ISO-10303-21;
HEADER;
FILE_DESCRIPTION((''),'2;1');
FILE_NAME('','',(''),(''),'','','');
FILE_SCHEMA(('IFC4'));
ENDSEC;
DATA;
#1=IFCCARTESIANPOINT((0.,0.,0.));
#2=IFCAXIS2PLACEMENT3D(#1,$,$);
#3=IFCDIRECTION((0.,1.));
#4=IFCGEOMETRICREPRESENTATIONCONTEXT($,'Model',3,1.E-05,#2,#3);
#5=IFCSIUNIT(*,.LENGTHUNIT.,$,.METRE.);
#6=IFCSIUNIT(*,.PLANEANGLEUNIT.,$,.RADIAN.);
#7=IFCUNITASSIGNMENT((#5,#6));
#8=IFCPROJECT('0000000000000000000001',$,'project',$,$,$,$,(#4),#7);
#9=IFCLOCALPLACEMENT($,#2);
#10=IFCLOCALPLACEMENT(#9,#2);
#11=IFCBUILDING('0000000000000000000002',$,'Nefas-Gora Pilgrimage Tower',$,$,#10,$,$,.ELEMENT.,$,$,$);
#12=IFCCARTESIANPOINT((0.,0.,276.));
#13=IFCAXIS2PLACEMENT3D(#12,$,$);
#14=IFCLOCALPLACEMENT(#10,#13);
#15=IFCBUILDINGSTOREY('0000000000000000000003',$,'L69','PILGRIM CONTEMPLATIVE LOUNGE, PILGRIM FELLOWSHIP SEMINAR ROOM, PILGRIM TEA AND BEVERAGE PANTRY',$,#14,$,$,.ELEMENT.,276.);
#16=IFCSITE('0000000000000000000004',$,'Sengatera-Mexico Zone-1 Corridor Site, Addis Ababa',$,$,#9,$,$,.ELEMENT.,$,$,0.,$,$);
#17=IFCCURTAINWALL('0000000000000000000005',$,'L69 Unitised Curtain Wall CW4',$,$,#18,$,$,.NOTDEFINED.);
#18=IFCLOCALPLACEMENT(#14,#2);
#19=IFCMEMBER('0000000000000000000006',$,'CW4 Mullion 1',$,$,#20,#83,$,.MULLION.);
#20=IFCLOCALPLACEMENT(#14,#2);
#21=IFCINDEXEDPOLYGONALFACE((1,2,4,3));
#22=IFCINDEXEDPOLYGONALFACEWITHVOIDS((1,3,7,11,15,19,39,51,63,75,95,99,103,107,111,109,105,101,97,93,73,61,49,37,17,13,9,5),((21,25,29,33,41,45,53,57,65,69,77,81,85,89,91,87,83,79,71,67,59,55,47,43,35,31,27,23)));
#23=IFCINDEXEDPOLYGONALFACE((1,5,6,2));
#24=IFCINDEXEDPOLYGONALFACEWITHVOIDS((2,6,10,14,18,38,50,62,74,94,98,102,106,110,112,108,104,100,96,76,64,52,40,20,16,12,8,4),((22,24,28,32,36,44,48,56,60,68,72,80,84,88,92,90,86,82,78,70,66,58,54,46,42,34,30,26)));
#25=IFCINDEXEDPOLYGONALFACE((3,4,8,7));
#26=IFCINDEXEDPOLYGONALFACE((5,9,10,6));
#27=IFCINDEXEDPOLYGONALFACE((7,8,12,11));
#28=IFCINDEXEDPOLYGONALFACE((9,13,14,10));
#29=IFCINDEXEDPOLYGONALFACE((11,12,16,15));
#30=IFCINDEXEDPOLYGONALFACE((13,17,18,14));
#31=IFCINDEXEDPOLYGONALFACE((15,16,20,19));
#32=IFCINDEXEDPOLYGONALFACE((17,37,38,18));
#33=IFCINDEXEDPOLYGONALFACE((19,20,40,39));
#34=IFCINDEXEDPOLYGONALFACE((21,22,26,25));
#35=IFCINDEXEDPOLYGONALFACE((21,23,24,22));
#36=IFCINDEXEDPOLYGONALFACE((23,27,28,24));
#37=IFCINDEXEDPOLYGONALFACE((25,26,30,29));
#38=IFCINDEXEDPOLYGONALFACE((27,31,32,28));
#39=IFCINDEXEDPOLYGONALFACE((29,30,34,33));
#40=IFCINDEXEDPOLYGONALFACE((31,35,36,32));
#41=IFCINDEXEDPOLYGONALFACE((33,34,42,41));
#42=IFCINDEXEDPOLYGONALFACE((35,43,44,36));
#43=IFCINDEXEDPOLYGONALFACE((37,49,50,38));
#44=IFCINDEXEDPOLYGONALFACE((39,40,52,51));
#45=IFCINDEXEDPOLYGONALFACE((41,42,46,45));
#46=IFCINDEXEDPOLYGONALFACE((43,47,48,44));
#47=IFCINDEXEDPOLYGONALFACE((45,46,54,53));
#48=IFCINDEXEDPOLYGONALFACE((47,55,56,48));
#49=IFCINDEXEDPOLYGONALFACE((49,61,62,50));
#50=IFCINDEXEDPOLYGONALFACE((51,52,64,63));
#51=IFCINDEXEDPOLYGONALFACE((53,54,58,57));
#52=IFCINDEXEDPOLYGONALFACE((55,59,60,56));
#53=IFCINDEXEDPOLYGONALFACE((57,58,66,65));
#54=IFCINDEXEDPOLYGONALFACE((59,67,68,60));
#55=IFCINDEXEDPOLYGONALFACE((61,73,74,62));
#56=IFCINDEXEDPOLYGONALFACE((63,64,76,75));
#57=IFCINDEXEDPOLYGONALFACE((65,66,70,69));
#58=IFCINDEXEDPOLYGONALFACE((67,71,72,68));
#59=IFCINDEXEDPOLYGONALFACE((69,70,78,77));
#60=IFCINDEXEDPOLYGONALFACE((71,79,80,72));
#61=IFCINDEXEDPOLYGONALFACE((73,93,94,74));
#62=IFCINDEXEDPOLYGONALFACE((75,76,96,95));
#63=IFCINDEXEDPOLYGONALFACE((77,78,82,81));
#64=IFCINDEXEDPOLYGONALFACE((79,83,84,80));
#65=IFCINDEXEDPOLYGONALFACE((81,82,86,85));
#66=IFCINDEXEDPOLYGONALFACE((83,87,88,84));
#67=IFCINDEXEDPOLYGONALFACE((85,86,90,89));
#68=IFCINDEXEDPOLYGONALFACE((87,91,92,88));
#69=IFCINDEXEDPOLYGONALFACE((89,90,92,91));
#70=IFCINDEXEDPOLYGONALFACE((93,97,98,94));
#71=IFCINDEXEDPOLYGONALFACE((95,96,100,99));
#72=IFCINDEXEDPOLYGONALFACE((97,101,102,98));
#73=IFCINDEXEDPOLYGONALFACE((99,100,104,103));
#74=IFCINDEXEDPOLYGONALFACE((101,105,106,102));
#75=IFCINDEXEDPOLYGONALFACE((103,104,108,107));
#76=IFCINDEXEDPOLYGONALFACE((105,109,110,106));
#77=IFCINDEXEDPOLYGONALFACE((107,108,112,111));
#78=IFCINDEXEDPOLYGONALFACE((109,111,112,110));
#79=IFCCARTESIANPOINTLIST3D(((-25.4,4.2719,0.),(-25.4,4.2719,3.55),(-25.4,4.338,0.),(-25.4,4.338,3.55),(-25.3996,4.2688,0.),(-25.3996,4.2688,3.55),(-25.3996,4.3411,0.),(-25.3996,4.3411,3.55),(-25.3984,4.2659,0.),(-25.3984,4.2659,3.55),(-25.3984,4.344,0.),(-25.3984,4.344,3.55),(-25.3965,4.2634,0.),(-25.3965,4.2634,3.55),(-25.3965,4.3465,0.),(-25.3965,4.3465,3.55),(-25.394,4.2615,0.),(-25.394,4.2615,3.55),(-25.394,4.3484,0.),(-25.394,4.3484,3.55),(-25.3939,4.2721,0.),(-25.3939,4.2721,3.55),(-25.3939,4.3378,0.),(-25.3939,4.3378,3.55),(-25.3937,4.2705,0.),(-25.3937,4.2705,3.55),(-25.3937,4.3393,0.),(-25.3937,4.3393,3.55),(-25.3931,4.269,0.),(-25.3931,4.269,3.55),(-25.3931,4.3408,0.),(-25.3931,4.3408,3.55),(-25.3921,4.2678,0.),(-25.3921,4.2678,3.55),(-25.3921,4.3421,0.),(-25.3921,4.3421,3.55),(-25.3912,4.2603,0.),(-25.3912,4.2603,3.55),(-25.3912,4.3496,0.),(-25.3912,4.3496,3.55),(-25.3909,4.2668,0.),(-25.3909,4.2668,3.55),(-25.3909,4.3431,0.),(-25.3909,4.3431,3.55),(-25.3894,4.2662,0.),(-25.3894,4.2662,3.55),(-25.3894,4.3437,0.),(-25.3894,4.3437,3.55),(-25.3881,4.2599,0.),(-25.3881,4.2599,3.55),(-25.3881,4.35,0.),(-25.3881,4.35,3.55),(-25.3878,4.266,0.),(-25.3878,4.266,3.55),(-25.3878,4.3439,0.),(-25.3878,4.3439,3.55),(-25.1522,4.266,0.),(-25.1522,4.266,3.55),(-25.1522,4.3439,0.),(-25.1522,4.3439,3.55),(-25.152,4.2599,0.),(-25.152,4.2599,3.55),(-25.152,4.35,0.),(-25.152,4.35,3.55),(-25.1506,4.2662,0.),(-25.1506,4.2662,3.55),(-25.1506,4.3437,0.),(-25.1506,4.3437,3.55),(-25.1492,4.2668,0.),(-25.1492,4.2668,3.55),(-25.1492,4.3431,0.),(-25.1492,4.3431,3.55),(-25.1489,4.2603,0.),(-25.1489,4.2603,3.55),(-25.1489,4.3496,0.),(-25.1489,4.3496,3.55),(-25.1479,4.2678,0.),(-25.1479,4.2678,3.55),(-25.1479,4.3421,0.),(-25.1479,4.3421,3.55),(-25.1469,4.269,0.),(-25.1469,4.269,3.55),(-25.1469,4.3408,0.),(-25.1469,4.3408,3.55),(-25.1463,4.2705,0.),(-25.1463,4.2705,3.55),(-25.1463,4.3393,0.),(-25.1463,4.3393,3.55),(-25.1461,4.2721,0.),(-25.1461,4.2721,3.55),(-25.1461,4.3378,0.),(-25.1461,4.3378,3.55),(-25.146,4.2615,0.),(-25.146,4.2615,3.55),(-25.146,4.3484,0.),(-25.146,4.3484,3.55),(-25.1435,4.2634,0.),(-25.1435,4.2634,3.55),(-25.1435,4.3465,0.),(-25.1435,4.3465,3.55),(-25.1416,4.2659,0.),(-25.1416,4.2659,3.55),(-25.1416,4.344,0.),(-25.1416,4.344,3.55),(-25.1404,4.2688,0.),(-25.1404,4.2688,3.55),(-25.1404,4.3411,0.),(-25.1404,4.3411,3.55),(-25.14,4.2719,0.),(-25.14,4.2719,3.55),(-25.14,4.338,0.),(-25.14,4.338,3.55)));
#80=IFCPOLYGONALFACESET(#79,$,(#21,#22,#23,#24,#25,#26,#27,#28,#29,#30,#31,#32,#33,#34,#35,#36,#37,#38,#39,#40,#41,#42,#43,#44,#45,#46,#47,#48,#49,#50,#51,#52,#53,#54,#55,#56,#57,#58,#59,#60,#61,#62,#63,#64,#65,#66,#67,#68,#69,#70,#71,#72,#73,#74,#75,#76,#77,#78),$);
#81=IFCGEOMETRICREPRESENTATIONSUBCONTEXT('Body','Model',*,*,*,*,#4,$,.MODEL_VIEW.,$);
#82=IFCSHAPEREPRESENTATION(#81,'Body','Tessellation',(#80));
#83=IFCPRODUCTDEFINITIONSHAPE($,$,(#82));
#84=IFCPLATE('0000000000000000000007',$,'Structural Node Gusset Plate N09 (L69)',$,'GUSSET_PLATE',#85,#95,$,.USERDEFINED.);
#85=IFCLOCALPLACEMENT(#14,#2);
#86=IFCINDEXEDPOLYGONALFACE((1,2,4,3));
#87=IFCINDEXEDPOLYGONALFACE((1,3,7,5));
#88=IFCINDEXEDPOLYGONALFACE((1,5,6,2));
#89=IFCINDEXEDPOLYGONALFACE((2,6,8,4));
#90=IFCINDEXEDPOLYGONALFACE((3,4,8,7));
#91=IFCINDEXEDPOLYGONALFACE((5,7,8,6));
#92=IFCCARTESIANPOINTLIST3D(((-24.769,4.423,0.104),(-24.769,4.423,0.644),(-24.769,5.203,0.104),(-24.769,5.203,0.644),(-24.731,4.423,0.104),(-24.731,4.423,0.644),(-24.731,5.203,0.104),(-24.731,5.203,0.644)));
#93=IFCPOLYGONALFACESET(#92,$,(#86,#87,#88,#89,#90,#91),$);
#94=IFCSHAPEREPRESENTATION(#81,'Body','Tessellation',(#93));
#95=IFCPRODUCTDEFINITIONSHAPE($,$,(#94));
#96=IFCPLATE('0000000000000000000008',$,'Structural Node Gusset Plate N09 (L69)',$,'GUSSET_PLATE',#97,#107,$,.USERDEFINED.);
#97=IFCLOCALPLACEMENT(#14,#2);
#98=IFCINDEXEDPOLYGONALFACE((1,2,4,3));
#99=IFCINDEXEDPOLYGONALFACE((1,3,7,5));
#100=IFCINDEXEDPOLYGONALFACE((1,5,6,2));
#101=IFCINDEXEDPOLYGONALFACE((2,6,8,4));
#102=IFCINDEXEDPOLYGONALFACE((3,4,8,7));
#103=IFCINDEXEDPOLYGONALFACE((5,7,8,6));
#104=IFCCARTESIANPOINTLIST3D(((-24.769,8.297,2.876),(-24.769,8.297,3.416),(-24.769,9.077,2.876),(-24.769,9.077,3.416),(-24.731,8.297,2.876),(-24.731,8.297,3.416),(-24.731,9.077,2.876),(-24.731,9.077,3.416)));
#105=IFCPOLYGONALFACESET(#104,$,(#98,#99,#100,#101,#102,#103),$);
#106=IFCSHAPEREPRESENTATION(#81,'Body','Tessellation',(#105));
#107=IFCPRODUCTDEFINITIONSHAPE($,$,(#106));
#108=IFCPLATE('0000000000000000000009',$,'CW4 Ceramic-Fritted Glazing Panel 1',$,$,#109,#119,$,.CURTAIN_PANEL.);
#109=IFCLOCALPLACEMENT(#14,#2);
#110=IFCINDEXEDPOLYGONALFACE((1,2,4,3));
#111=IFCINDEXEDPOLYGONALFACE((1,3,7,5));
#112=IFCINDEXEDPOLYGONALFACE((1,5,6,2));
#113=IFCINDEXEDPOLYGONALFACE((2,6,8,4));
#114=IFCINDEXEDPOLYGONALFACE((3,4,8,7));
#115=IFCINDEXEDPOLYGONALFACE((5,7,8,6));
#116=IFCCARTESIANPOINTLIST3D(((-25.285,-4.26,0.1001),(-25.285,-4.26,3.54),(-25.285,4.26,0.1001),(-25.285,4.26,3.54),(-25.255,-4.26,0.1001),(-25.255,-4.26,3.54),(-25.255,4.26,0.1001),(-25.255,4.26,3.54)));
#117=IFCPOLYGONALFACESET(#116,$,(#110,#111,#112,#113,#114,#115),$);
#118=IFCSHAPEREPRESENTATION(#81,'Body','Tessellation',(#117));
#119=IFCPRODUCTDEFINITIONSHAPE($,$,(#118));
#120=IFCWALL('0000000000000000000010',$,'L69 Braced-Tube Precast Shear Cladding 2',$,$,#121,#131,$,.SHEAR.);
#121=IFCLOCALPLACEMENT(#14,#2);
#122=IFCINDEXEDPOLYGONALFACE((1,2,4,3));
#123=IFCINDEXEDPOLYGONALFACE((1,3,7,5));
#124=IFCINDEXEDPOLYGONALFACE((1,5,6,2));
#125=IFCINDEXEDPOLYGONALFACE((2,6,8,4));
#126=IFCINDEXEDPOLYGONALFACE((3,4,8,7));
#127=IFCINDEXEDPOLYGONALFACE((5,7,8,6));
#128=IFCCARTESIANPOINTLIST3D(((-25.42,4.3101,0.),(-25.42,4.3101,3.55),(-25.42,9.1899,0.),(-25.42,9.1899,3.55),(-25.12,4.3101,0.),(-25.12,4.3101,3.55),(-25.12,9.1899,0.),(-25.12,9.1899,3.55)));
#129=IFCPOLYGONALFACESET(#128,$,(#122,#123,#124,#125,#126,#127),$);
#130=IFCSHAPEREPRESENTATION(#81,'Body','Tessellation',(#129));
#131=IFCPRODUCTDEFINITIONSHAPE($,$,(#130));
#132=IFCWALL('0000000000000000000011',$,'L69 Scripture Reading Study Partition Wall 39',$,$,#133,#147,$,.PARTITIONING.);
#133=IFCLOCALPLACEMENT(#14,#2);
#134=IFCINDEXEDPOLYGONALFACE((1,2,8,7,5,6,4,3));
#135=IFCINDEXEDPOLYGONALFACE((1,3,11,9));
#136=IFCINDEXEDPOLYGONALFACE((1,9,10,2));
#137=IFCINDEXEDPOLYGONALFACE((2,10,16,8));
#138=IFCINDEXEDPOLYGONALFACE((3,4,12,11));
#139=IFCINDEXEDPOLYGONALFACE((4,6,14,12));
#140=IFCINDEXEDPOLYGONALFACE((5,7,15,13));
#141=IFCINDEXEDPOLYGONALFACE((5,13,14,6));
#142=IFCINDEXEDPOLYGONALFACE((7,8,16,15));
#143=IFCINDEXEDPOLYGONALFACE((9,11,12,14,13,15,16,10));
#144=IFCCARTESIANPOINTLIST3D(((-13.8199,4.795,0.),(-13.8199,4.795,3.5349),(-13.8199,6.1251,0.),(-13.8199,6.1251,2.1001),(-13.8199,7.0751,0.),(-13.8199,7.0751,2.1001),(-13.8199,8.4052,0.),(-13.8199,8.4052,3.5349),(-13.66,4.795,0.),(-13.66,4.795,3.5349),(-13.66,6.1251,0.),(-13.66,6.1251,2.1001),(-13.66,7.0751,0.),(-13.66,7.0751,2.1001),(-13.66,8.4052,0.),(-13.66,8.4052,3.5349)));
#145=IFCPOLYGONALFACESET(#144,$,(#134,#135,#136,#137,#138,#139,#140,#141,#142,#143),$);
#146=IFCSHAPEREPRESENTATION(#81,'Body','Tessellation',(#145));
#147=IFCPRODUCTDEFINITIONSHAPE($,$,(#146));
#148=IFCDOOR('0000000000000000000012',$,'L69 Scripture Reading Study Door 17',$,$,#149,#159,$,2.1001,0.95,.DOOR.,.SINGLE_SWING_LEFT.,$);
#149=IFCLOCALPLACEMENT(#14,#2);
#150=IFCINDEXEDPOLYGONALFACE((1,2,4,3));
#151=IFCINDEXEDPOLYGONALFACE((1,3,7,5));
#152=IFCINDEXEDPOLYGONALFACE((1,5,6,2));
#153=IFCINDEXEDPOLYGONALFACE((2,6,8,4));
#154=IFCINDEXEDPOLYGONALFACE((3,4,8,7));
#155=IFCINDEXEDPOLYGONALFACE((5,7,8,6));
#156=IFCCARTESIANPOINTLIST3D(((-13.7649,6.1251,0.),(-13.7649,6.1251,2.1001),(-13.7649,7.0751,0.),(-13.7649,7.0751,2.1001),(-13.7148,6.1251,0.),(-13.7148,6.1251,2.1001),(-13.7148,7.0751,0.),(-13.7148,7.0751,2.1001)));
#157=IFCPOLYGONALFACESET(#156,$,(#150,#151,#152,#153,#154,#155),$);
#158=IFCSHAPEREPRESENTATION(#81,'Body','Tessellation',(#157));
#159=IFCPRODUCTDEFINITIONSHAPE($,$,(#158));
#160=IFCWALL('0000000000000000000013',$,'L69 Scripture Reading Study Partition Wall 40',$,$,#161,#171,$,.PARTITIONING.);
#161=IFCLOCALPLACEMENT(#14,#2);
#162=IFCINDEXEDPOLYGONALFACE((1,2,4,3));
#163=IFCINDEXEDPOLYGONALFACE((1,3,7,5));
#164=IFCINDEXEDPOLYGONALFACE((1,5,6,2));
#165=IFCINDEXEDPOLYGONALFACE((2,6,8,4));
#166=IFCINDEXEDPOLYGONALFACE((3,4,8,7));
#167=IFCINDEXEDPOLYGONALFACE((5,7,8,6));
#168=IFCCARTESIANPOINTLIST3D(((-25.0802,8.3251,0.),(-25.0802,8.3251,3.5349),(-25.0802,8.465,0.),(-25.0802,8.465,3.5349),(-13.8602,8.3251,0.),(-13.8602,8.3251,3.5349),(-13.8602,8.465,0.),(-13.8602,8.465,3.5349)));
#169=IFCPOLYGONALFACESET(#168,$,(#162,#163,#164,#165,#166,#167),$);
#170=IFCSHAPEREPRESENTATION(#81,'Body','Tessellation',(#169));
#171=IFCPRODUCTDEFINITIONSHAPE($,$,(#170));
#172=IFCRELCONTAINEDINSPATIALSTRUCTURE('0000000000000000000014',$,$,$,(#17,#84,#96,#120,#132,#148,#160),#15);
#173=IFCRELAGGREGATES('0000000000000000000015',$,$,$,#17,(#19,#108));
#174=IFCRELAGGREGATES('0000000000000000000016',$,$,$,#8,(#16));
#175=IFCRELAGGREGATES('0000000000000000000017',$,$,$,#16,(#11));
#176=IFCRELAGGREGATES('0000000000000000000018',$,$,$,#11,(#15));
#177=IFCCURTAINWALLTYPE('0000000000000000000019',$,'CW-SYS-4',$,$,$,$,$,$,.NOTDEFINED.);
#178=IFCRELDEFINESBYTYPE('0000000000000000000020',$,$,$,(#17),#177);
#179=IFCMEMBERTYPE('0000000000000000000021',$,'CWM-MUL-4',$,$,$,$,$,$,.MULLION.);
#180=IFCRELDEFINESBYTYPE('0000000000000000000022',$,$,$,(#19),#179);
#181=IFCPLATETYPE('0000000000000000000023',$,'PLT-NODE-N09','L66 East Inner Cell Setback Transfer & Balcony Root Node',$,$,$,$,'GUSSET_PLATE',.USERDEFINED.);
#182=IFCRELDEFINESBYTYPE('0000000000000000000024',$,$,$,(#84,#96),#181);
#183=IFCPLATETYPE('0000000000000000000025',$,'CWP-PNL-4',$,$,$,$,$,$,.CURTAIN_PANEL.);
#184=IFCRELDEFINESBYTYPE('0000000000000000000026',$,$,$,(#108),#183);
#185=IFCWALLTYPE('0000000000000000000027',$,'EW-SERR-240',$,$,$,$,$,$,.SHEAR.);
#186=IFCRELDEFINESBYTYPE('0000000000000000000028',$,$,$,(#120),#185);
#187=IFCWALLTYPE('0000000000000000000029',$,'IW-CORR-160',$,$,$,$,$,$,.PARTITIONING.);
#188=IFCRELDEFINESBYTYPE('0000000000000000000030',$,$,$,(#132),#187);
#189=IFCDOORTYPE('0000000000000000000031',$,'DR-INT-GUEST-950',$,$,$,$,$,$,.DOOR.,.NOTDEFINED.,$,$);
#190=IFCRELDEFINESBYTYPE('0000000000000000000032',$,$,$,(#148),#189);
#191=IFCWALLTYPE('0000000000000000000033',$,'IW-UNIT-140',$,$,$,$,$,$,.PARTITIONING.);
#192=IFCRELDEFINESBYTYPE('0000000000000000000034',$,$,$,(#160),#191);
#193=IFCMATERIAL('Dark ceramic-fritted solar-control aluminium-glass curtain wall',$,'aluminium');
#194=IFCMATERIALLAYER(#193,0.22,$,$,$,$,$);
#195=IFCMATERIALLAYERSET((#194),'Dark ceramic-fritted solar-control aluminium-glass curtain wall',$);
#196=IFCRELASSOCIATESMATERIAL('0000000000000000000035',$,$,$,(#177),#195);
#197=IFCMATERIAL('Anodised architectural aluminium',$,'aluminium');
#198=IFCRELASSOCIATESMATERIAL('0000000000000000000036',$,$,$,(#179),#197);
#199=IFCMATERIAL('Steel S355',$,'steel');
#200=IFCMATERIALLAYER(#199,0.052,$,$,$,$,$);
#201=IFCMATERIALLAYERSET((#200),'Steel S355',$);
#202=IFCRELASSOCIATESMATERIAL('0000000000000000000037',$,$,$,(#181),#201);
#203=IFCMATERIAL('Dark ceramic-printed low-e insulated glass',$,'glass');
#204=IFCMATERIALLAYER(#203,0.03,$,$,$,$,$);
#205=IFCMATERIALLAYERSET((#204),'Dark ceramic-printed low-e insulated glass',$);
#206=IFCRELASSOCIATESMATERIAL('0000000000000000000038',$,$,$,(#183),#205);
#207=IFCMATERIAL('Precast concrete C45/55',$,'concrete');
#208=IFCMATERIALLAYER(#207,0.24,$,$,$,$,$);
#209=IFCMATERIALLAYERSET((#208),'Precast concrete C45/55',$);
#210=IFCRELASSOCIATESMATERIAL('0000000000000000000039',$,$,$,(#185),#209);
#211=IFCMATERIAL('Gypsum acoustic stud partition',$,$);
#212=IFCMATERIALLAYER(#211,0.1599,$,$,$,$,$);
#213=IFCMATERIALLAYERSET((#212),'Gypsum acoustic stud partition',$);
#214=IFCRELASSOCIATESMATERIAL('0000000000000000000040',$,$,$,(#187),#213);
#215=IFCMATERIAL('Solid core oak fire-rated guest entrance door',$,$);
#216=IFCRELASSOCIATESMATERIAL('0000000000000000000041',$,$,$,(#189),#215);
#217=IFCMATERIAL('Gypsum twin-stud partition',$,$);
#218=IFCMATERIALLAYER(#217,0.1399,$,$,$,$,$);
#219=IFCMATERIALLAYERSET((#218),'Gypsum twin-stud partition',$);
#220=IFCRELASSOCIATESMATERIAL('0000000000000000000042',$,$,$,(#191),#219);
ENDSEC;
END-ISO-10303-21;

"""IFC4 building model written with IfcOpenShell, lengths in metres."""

from ifc_helpers import new_model, si_unit, direction, frame, frame_2d, origin, origin_2d, place, context, subcontext, project, spatial, rectangle, hollow_rectangle, extrude, source, transform, mapped, material, layer, layer_set, material_profile, profile_set, type_object, element, fill, aggregate, save


model = new_model("IFC4")

# Units and contexts
model_context = context("Model", 3, precision=1e-05, world=origin(), true_north=direction((0.0, 1.0)))
body_context = subcontext(model_context, "Body", "Model", "MODEL_VIEW")
ifc_project = project(units=[si_unit("LENGTHUNIT", "METRE"), si_unit("PLANEANGLEUNIT", "RADIAN")], contexts=[model_context])

# Site, building, storey
site_placement = place(None, origin())
site = spatial("IfcSite", under=ifc_project, at=site_placement, Name="Sengatera-Mexico Zone-1 Corridor Site, Addis Ababa", CompositionType="ELEMENT", RefElevation=0.0)
building_placement = place(site_placement, origin())
building = spatial("IfcBuilding", under=site, at=building_placement, Name="Nefas-Gora Pilgrimage Tower", CompositionType="ELEMENT")
storey_placement = place(building_placement, frame((0.0, 0.0, 276.0)))
storey = spatial("IfcBuildingStorey", under=building, at=storey_placement, Name="L69", Description="PILGRIM CONTEMPLATIVE LOUNGE, PILGRIM FELLOWSHIP SEMINAR ROOM, PILGRIM TEA AND BEVERAGE PANTRY", CompositionType="ELEMENT", Elevation=276.0)

# Shared definitions
ifc_material_1 = material(Name="Steel S355", Category="steel")

# Curtain wall, member
ifc_material_2 = material(Name="Dark ceramic-fritted solar-control aluminium-glass curtain wall", Category="aluminium")
ifc_layer_1 = layer(ifc_material_2, 0.22)
ifc_layer_set_1 = layer_set([ifc_layer_1], Name="Dark ceramic-fritted solar-control aluminium-glass curtain wall")
curtain_wall_type = type_object("IfcCurtainWallType", Name="CW-SYS-4", PredefinedType="NOTDEFINED", material=ifc_layer_set_1)
curtain_wall_placement = place(storey_placement, origin())
curtain_wall = element("IfcCurtainWall", 1, at=curtain_wall_placement, inside=storey, type_object=curtain_wall_type, Name="L69 Unitised Curtain Wall CW4", PredefinedType="NOTDEFINED")
ifc_material_3 = material(Name="Anodised architectural aluminium", Category="aluminium")
ifc_material_profile_1 = material_profile(ifc_material_3, hollow_rectangle(XDim=0.0901, YDim=0.26, WallThickness=0.0061, InnerFilletRadius=0.0061, OuterFilletRadius=0.012, at=origin_2d()), Name="ALU MULLION 90x260")
ifc_profile_set_1 = profile_set([ifc_material_profile_1], Name="Anodised architectural aluminium")
member_type_1 = type_object("IfcMemberType", Name="CWM-MUL-4", PredefinedType="MULLION", material=ifc_profile_set_1)
shared_shape_1 = source(origin(), body_context, "Body", "SweptSolid", [
    extrude(hollow_rectangle(XDim=0.0901, YDim=0.26, WallThickness=0.0061, InnerFilletRadius=0.0061, OuterFilletRadius=0.012, at=origin_2d()), origin(), (0.0, 0.0, 1.0), 3.55),
])
member_1_placement = place(storey_placement, frame((-25.27, 4.3049, 0.0), z_axis=(0.0, 0.0, 1.0), x_axis=(0.0, -1.0, 0.0)))
member_1 = element("IfcMember", 2, at=member_1_placement, type_object=member_type_1, Name="CW4 Mullion 1", PredefinedType="MULLION", context=body_context, shape_type="MappedRepresentation", body=[
    mapped(shared_shape_1, transform((0.0, 0.0, 0.0), x_axis=(1.0, 0.0, 0.0), y_axis=(0.0, 1.0, 0.0), z_axis=(0.0, 0.0, 1.0), scale=1.0)),
])

# Plates
ifc_layer_2 = layer(ifc_material_1, 0.052)
ifc_layer_set_2 = layer_set([ifc_layer_2], Name="Steel S355")
plate_type_1 = type_object("IfcPlateType", Name="PLT-NODE-N09", Description="L66 East Inner Cell Setback Transfer & Balcony Root Node", ElementType="GUSSET_PLATE", PredefinedType="USERDEFINED", material=ifc_layer_set_2)
shared_shape_2 = source(origin(), body_context, "Body", "SweptSolid", [
    extrude(rectangle(XDim=0.78, YDim=0.0381, at=origin_2d()), origin(), (0.0, 0.0, 1.0), 0.54),
])
for number, where, z_axis, x_axis, name in (
    (3, (-24.75, 4.813, 0.104), (0.0, 0.0, 1.0), (0.0, 1.0, 0.0), "Structural Node Gusset Plate N09 (L69)"),
    (4, (-24.75, 8.687, 2.876), (0.0, 0.0, 1.0), (0.0, 1.0, 0.0), "Structural Node Gusset Plate N09 (L69)"),
):
    element("IfcPlate", number, at=place(storey_placement, frame(where, z_axis=z_axis, x_axis=x_axis)), inside=storey, type_object=plate_type_1, Name=name, ObjectType="GUSSET_PLATE", PredefinedType="USERDEFINED", context=body_context, shape_type="MappedRepresentation", body=[
        mapped(shared_shape_2, transform((0.0, 0.0, 0.0), x_axis=(1.0, 0.0, 0.0), y_axis=(0.0, 1.0, 0.0), z_axis=(0.0, 0.0, 1.0), scale=1.0)),
    ])

# Plate
ifc_material_4 = material(Name="Dark ceramic-printed low-e insulated glass", Category="glass")
ifc_layer_3 = layer(ifc_material_4, 0.03)
ifc_layer_set_3 = layer_set([ifc_layer_3], Name="Dark ceramic-printed low-e insulated glass")
plate_type_2 = type_object("IfcPlateType", Name="CWP-PNL-4", PredefinedType="CURTAIN_PANEL", material=ifc_layer_set_3)
shared_shape_3 = source(origin(), body_context, "Body", "SweptSolid", [
    extrude(rectangle(XDim=8.52, YDim=0.03, at=origin_2d()), origin(), (0.0, 0.0, 1.0), 3.4399),
])
plate_placement = place(storey_placement, frame((-25.27, 0.0, 0.1001), z_axis=(0.0, 0.0, 1.0), x_axis=(0.0, -1.0, 0.0)))
plate = element("IfcPlate", 5, at=plate_placement, type_object=plate_type_2, Name="CW4 Ceramic-Fritted Glazing Panel 1", PredefinedType="CURTAIN_PANEL", context=body_context, shape_type="MappedRepresentation", body=[
    mapped(shared_shape_3, transform((0.0, 0.0, 0.0), x_axis=(1.0, 0.0, 0.0), y_axis=(0.0, 1.0, 0.0), z_axis=(0.0, 0.0, 1.0), scale=1.0)),
])
aggregate(curtain_wall, [member_1, plate])

# Wall
ifc_material_5 = material(Name="Precast concrete C45/55", Category="concrete")
ifc_layer_4 = layer(ifc_material_5, 0.24)
ifc_layer_set_4 = layer_set([ifc_layer_4], Name="Precast concrete C45/55")
wall_type_1 = type_object("IfcWallType", Name="EW-SERR-240", PredefinedType="SHEAR", material=ifc_layer_set_4)
shared_shape_4 = source(origin(), body_context, "Body", "SweptSolid", [
    extrude(rectangle(XDim=4.8799, YDim=0.3, at=frame_2d((2.4399, 0.0))), origin(), (0.0, 0.0, 1.0), 3.55),
])
wall_1_placement = place(storey_placement, frame((-25.27, 4.3101, 0.0), z_axis=(0.0, 0.0, 1.0), x_axis=(0.0, 1.0, 0.0)))
element("IfcWall", 6, at=wall_1_placement, inside=storey, type_object=wall_type_1, Name="L69 Braced-Tube Precast Shear Cladding 2", PredefinedType="SHEAR", context=body_context, shape_type="MappedRepresentation", body=[
    mapped(shared_shape_4, transform((0.0, 0.0, 0.0), x_axis=(1.0, 0.0, 0.0), y_axis=(0.0, 1.0, 0.0), z_axis=(0.0, 0.0, 1.0), scale=1.0)),
])

# Wall, opening, door
ifc_material_6 = material(Name="Gypsum acoustic stud partition")
ifc_layer_5 = layer(ifc_material_6, 0.1599)
ifc_layer_set_5 = layer_set([ifc_layer_5], Name="Gypsum acoustic stud partition")
wall_type_2 = type_object("IfcWallType", Name="IW-CORR-160", PredefinedType="PARTITIONING", material=ifc_layer_set_5)
shared_shape_5 = source(origin(), body_context, "Body", "SweptSolid", [
    extrude(rectangle(XDim=3.6101, YDim=0.1599, at=frame_2d((1.8052, 0.0))), origin(), (0.0, 0.0, 1.0), 3.5349),
])
wall_2_placement = place(storey_placement, frame((-13.74, 4.7949, 0.0), z_axis=(0.0, 0.0, 1.0), x_axis=(0.0, 1.0, 0.0)))
wall_2 = element("IfcWall", 7, at=wall_2_placement, inside=storey, type_object=wall_type_2, Name="L69 Scripture Reading Study Partition Wall 39", PredefinedType="PARTITIONING", context=body_context, shape_type="MappedRepresentation", body=[
    mapped(shared_shape_5, transform((0.0, 0.0, 0.0), x_axis=(1.0, 0.0, 0.0), y_axis=(0.0, 1.0, 0.0), z_axis=(0.0, 0.0, 1.0), scale=1.0)),
])
opening_placement = place(wall_2_placement, frame((1.3301, 0.0, 0.0)))
opening = element("IfcOpeningElement", 8, at=opening_placement, cuts=wall_2, PredefinedType="OPENING", context=body_context, shape_type="SweptSolid", body=[
    extrude(rectangle(XDim=0.95, YDim=2.1001, at=frame_2d((0.4751, 1.05))), frame((0.0, 0.0898, 0.0), z_axis=(0.0, -1.0, 0.0), x_axis=(1.0, 0.0, 0.0)), (0.0, 0.0, 1.0), 0.1799),
])
ifc_material_7 = material(Name="Solid core oak fire-rated guest entrance door")
door_type = type_object("IfcDoorType", Name="DR-INT-GUEST-950", OperationType="NOTDEFINED", PredefinedType="DOOR", material=ifc_material_7)
shared_shape_6 = source(origin(), body_context, "Body", "SweptSolid", [
    extrude(rectangle(XDim=0.95, YDim=2.1001, at=frame_2d((0.4751, 1.05))), frame((0.0, 0.0249, 0.0), z_axis=(0.0, -1.0, 0.0), x_axis=(1.0, 0.0, 0.0)), (0.0, 0.0, 1.0), 0.05),
])
door_placement = place(opening_placement, origin())
door = element("IfcDoor", 9, at=door_placement, inside=storey, type_object=door_type, Name="L69 Scripture Reading Study Door 17", OperationType="SINGLE_SWING_LEFT", OverallHeight=2.1001, OverallWidth=0.95, PredefinedType="DOOR", context=body_context, shape_type="MappedRepresentation", body=[
    mapped(shared_shape_6, transform((0.0, 0.0, 0.0), x_axis=(1.0, 0.0, 0.0), y_axis=(0.0, 1.0, 0.0), z_axis=(0.0, 0.0, 1.0), scale=1.0)),
])
fill(opening, door)

# Wall
ifc_material_8 = material(Name="Gypsum twin-stud partition")
ifc_layer_6 = layer(ifc_material_8, 0.1399)
ifc_layer_set_6 = layer_set([ifc_layer_6], Name="Gypsum twin-stud partition")
wall_type_3 = type_object("IfcWallType", Name="IW-UNIT-140", PredefinedType="PARTITIONING", material=ifc_layer_set_6)
shared_shape_7 = source(origin(), body_context, "Body", "SweptSolid", [
    extrude(rectangle(XDim=11.22, YDim=0.1399, at=frame_2d((5.6099, 0.0))), origin(), (0.0, 0.0, 1.0), 3.5349),
])
wall_3_placement = place(storey_placement, frame((-25.0801, 8.395, 0.0), z_axis=(0.0, 0.0, 1.0), x_axis=(1.0, 0.0, 0.0)))
element("IfcWall", 10, at=wall_3_placement, inside=storey, type_object=wall_type_3, Name="L69 Scripture Reading Study Partition Wall 40", PredefinedType="PARTITIONING", context=body_context, shape_type="MappedRepresentation", body=[
    mapped(shared_shape_7, transform((0.0, 0.0, 0.0), x_axis=(1.0, 0.0, 0.0), y_axis=(0.0, 1.0, 0.0), z_axis=(0.0, 0.0, 1.0), scale=1.0)),
])

save(model, "model.ifc")
